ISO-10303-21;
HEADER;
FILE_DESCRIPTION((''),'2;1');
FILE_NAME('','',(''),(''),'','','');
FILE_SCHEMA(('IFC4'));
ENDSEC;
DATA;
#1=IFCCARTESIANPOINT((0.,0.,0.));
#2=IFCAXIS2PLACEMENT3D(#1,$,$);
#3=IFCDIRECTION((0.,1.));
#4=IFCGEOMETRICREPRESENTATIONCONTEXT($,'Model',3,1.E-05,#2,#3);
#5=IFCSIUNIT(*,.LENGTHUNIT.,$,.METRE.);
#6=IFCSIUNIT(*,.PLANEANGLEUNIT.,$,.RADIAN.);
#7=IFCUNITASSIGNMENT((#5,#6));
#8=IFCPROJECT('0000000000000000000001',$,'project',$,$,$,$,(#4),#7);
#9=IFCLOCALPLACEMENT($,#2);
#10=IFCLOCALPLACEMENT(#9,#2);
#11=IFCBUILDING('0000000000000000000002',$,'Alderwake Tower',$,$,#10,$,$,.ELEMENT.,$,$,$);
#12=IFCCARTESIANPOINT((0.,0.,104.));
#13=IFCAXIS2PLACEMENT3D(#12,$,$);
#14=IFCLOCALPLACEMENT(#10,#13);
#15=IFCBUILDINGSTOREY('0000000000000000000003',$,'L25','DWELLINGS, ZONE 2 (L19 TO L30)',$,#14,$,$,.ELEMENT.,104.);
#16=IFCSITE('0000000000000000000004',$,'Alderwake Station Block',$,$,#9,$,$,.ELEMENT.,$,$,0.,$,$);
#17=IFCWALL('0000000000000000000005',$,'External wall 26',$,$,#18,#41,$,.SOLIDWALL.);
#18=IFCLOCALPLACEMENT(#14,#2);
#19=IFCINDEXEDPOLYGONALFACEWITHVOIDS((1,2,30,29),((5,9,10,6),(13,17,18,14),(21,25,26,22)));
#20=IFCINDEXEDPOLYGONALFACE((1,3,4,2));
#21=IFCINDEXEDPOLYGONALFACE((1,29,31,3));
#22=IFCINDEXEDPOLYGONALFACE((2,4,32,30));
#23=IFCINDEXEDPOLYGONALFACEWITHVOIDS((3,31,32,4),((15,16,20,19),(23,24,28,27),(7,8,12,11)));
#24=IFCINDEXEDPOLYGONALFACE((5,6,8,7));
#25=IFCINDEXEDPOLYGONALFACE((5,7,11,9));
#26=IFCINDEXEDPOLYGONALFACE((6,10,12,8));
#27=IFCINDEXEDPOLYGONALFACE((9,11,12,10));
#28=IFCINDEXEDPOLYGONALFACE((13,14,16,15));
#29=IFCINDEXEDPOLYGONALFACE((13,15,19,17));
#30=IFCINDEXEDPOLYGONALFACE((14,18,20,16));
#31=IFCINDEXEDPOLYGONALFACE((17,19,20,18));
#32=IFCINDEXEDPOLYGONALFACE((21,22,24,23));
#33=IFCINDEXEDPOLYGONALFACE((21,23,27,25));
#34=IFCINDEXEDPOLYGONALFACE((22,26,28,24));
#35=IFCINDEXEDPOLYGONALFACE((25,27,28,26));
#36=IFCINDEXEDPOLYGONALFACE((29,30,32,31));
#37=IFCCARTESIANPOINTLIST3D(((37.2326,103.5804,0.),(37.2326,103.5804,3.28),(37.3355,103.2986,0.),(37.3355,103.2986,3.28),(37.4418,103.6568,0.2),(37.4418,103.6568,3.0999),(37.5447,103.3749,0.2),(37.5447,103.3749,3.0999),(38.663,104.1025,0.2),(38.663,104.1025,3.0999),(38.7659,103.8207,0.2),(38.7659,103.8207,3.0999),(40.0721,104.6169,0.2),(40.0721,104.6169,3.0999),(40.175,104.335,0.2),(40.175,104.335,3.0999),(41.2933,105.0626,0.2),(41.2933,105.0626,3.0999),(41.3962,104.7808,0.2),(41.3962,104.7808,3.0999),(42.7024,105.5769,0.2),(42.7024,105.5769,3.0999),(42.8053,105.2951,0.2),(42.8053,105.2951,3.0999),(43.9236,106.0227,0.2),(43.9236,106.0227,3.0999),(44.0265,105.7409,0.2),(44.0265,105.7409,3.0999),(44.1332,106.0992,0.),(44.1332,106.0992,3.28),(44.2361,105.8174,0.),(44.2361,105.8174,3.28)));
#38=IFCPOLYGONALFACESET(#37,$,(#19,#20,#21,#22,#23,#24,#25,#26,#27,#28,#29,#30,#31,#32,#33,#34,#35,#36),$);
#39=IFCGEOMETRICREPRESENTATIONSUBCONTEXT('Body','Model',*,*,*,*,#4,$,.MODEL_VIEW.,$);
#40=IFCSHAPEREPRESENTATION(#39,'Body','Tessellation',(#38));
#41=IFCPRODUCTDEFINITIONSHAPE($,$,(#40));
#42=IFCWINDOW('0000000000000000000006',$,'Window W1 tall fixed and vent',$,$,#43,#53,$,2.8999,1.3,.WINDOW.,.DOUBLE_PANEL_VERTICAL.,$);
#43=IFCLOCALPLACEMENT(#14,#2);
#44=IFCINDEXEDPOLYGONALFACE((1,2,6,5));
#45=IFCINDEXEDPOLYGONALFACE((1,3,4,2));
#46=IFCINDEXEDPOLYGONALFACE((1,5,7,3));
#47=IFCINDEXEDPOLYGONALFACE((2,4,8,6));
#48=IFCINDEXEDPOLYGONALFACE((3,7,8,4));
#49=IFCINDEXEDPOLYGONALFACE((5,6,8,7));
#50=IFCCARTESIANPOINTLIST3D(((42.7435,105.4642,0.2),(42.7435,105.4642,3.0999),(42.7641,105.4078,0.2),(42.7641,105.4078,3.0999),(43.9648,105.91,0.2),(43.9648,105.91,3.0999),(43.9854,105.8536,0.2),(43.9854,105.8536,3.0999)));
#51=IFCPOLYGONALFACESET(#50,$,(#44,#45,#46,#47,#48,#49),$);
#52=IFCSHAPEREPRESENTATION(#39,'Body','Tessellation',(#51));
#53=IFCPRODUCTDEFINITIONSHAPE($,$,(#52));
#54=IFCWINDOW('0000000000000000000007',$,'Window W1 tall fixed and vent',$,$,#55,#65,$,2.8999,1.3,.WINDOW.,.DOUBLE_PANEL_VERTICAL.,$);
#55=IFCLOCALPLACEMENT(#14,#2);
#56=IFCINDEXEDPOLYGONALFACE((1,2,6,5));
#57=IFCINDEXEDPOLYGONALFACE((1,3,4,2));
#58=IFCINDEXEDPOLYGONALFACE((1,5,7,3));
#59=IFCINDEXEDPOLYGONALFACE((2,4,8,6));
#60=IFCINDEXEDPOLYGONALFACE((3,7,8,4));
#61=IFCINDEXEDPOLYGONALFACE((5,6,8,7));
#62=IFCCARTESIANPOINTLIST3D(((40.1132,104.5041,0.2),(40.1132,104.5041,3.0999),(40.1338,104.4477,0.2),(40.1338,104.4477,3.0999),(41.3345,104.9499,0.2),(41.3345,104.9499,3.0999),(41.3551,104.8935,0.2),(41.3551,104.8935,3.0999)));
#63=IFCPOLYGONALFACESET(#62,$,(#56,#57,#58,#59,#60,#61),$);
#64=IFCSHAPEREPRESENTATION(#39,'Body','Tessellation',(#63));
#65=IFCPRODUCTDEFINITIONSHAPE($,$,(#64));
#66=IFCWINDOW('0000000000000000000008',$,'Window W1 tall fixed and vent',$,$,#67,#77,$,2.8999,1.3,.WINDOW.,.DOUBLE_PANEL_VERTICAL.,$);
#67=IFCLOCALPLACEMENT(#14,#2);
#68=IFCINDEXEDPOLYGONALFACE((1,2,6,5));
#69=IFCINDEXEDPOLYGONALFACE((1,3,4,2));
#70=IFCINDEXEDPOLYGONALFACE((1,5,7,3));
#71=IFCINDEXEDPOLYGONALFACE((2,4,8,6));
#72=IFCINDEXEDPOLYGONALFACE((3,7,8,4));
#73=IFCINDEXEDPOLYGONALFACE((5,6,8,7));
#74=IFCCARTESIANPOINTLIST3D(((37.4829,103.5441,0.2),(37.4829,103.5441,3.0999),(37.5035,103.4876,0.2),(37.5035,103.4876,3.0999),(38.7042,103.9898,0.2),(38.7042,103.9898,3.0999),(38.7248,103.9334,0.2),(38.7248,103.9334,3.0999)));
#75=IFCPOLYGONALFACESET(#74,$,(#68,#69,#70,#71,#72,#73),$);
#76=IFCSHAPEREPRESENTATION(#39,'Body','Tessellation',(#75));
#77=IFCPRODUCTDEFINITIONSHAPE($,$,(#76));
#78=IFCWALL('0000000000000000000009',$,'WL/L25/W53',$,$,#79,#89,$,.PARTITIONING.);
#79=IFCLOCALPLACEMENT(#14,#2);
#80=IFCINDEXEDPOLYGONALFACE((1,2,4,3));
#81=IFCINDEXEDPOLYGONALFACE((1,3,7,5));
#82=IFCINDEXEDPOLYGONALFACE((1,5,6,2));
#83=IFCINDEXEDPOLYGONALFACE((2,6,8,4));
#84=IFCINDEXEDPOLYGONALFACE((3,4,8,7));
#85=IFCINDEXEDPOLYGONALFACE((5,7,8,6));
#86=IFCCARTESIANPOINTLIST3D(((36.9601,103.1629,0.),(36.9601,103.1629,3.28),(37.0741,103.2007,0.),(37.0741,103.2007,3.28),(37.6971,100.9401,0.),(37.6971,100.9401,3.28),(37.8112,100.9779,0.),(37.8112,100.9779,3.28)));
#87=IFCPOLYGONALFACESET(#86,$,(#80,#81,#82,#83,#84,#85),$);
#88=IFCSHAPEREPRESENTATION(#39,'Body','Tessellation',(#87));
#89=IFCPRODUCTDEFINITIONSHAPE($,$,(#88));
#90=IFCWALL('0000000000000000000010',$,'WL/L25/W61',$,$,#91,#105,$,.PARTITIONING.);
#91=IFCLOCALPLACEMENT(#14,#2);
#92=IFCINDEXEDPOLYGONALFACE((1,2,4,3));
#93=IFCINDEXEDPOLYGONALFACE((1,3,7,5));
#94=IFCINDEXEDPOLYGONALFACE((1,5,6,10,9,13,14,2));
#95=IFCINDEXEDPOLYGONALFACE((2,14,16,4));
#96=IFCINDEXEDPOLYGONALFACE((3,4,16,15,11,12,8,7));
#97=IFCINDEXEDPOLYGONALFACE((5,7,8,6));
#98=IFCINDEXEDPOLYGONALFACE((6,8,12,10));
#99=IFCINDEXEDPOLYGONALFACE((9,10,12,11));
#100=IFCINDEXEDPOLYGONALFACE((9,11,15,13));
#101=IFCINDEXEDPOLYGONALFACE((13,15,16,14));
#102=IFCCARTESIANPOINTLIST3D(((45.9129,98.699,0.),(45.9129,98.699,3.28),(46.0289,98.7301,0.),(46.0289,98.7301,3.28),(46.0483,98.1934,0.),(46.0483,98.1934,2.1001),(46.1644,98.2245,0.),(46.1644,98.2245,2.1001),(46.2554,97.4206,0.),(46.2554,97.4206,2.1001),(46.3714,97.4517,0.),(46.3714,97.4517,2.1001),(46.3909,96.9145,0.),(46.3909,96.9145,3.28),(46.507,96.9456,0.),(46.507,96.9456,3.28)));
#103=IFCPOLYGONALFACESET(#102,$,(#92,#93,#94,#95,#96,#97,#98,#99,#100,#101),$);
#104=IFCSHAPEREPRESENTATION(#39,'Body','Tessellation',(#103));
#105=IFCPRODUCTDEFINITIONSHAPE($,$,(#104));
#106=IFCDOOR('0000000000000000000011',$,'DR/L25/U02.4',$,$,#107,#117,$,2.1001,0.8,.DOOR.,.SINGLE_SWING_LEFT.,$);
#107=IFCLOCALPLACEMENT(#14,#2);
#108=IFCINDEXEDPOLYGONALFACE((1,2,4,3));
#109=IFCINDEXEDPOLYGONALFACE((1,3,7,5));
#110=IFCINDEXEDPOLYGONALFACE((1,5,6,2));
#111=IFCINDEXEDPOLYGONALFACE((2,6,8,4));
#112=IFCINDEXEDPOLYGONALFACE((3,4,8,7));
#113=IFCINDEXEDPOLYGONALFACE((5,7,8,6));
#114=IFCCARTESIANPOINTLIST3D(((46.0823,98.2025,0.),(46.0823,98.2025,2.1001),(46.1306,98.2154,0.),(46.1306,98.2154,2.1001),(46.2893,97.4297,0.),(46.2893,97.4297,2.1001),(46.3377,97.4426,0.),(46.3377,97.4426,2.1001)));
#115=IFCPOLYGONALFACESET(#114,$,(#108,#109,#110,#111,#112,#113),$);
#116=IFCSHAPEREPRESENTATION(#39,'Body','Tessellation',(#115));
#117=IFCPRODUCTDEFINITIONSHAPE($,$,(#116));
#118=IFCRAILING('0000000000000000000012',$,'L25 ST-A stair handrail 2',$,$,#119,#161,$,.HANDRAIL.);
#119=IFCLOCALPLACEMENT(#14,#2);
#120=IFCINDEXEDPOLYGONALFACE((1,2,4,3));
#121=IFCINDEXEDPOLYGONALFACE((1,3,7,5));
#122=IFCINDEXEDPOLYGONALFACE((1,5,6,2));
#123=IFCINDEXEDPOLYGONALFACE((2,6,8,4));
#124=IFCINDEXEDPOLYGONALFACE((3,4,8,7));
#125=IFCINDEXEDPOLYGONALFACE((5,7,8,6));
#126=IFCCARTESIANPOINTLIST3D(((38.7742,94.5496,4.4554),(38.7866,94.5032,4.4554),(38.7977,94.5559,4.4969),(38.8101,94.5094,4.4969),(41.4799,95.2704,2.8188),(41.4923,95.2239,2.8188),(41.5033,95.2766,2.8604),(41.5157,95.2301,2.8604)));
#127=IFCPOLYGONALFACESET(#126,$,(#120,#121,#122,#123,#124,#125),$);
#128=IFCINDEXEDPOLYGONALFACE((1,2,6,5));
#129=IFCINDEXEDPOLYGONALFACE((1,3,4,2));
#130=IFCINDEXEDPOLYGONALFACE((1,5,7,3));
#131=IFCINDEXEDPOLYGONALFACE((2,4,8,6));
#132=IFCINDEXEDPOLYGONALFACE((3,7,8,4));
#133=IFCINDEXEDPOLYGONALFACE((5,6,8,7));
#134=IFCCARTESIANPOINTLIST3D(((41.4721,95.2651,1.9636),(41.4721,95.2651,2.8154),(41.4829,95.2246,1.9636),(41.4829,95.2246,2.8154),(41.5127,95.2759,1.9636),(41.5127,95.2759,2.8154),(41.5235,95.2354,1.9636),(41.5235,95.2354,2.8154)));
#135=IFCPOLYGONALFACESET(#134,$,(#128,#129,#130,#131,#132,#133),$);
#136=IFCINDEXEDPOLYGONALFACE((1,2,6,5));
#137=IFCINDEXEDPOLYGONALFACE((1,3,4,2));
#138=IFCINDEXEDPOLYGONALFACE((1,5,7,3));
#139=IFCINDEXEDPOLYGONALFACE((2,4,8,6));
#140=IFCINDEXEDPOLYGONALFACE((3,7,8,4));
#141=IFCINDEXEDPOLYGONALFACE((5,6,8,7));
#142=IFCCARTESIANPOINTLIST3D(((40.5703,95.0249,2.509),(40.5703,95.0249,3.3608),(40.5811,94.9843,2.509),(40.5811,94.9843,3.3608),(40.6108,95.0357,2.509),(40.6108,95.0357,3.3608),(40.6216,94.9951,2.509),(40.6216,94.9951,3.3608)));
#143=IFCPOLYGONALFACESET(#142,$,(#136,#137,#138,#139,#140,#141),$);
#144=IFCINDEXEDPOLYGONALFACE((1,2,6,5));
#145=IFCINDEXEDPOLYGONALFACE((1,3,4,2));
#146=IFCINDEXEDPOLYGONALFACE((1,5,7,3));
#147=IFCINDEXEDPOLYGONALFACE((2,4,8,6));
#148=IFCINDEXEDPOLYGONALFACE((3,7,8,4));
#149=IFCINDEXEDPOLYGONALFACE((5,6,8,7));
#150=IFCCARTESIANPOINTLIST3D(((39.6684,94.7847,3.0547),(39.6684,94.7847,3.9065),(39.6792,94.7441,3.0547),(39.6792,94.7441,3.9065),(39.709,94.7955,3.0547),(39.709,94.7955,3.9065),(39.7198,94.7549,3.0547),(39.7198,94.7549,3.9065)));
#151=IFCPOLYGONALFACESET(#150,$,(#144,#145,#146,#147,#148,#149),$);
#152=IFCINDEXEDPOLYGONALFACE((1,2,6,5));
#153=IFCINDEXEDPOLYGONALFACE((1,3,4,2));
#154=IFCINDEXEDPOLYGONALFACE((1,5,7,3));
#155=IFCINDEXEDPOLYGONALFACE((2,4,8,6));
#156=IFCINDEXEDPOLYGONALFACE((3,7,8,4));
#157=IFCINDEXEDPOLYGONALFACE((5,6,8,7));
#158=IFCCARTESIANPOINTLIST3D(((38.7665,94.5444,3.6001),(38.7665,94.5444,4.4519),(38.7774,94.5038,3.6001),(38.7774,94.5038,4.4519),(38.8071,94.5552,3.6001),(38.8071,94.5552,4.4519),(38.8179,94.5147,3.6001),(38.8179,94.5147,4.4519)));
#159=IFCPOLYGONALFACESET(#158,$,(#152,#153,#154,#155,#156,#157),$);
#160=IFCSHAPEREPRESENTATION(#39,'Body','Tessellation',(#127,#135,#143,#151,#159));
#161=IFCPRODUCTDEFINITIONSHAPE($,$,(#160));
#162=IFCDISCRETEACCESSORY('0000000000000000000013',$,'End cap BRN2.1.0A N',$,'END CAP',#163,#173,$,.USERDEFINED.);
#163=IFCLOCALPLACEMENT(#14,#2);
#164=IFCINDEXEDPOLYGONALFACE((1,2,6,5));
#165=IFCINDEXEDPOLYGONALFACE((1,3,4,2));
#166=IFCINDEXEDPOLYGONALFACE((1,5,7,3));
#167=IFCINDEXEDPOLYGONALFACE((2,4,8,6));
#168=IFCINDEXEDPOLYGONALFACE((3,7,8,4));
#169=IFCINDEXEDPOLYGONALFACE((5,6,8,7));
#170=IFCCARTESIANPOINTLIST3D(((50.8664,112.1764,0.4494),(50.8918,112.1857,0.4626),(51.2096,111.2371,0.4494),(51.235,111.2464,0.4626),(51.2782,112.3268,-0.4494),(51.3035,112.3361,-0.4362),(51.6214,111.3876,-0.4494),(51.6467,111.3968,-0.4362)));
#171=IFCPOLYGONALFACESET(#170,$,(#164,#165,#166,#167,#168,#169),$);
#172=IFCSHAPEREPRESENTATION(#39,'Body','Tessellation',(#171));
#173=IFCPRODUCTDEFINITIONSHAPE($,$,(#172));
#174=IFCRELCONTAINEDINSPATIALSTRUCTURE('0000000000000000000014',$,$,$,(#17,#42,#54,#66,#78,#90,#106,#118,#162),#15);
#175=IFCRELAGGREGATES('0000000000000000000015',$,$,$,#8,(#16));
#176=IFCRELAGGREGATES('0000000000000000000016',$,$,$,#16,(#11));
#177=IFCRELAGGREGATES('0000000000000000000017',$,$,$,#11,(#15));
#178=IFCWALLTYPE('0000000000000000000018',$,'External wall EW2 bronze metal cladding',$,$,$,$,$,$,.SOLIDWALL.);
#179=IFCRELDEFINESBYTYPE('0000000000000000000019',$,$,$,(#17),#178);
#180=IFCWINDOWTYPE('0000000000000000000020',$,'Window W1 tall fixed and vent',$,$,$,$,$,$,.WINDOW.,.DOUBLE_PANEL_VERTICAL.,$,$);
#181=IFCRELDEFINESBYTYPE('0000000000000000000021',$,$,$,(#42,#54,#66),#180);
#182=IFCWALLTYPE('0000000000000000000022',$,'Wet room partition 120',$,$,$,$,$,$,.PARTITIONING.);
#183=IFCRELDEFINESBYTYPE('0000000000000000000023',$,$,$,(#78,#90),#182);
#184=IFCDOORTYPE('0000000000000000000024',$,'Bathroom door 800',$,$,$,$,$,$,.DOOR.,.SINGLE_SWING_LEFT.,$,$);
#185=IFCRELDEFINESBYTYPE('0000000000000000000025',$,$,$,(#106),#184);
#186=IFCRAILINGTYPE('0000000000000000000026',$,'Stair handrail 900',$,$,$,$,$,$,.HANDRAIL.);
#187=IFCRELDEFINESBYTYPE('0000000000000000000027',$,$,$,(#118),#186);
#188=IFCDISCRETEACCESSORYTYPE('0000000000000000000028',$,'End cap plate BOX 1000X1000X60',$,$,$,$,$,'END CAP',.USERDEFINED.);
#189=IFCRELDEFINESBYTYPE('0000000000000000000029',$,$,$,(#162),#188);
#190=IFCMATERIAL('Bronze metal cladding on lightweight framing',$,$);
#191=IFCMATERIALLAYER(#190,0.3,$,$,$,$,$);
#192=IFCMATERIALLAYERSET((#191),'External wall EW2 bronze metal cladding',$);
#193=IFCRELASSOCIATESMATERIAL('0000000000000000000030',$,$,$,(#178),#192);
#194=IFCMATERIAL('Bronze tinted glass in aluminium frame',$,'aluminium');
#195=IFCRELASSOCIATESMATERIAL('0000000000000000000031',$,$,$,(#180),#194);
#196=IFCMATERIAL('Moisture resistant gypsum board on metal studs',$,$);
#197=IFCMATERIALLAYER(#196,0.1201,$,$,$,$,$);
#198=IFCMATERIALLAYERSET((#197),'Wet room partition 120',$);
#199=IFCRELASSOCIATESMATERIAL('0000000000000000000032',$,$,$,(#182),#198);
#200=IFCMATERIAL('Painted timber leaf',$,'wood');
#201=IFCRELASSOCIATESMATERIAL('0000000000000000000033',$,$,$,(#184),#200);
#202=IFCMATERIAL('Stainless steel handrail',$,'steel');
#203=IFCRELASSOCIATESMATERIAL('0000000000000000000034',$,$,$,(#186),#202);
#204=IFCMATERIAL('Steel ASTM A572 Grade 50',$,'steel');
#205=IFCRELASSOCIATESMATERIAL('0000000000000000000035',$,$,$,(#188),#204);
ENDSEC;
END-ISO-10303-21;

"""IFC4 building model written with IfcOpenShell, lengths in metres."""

from ifc_helpers import new_model, si_unit, direction, frame, frame_2d, origin, origin_2d, place, context, subcontext, project, spatial, rectangle, extrude, material, layer, layer_set, material_profile, profile_set, type_object, element, fill, save


model = new_model("IFC4")

# Units and contexts
model_context = context("Model", 3, precision=1e-05, world=origin(), true_north=direction((0.0, 1.0)))
body_context = subcontext(model_context, "Body", "Model", "MODEL_VIEW")
ifc_project = project(units=[si_unit("LENGTHUNIT", "METRE"), si_unit("PLANEANGLEUNIT", "RADIAN")], contexts=[model_context])

# Site, building, storey
site_placement = place(None, origin())
site = spatial("IfcSite", under=ifc_project, at=site_placement, Name="Alderwake Station Block", CompositionType="ELEMENT", RefElevation=0.0)
building_placement = place(site_placement, origin())
building = spatial("IfcBuilding", under=site, at=building_placement, Name="Alderwake Tower", CompositionType="ELEMENT")
storey_placement = place(building_placement, frame((0.0, 0.0, 104.0)))
storey = spatial("IfcBuildingStorey", under=building, at=storey_placement, Name="L25", Description="DWELLINGS, ZONE 2 (L19 TO L30)", CompositionType="ELEMENT", Elevation=104.0)

# Shared definitions
ifc_material_1 = material(Name="Bronze metal cladding on lightweight framing")
ifc_layer_1 = layer(ifc_material_1, 0.3)
ifc_layer_set_1 = layer_set([ifc_layer_1], Name="External wall EW2 bronze metal cladding")
wall_type_1 = type_object("IfcWallType", Name="External wall EW2 bronze metal cladding", PredefinedType="SOLIDWALL", material=ifc_layer_set_1)
ifc_material_2 = material(Name="Bronze tinted glass in aluminium frame", Category="aluminium")
window_type = type_object("IfcWindowType", Name="Window W1 tall fixed and vent", PartitioningType="DOUBLE_PANEL_VERTICAL", PredefinedType="WINDOW", material=ifc_material_2)

# Wall, openings, windows
wall_1_placement = place(storey_placement, frame((44.1846, 105.9583, 0.0), z_axis=(0.0, 0.0, 1.0), x_axis=(-0.939378, -0.342882, 0.0)))
wall_1 = element("IfcWall", 1, at=wall_1_placement, inside=storey, type_object=wall_type_1, Name="External wall 26", PredefinedType="SOLIDWALL", context=body_context, shape_type="SweptSolid", body=[
    extrude(rectangle(XDim=7.3459, YDim=0.3, at=frame_2d((3.6729, 0.0))), origin(), (0.0, 0.0, 1.0), 3.28),
])
opening_1_placement = place(wall_1_placement, frame((0.2231, 0.0, 0.2)))
opening_1 = element("IfcOpeningElement", 2, at=opening_1_placement, cuts=wall_1, PredefinedType="OPENING", context=body_context, shape_type="SweptSolid", body=[
    extrude(rectangle(XDim=1.3, YDim=2.8999, at=frame_2d((0.6499, 1.45))), frame((0.0, 0.1599, 0.0), z_axis=(0.0, -1.0, 0.0), x_axis=(1.0, 0.0, 0.0)), (0.0, 0.0, 1.0), 0.3201),
])
opening_2_placement = place(wall_1_placement, frame((3.0232, 0.0, 0.2)))
opening_2 = element("IfcOpeningElement", 3, at=opening_2_placement, cuts=wall_1, PredefinedType="OPENING", context=body_context, shape_type="SweptSolid", body=[
    extrude(rectangle(XDim=1.3, YDim=2.8999, at=frame_2d((0.6499, 1.45))), frame((0.0, 0.1599, 0.0), z_axis=(0.0, -1.0, 0.0), x_axis=(1.0, 0.0, 0.0)), (0.0, 0.0, 1.0), 0.3201),
])
opening_3_placement = place(wall_1_placement, frame((5.8232, 0.0, 0.2)))
opening_3 = element("IfcOpeningElement", 4, at=opening_3_placement, cuts=wall_1, PredefinedType="OPENING", context=body_context, shape_type="SweptSolid", body=[
    extrude(rectangle(XDim=1.3, YDim=2.8999, at=frame_2d((0.6499, 1.45))), frame((0.0, 0.1599, 0.0), z_axis=(0.0, -1.0, 0.0), x_axis=(1.0, 0.0, 0.0)), (0.0, 0.0, 1.0), 0.3201),
])
window_1_placement = place(opening_1_placement, origin())
window_1 = element("IfcWindow", 5, at=window_1_placement, inside=storey, type_object=window_type, Name="Window W1 tall fixed and vent", OverallHeight=2.8999, OverallWidth=1.3, PartitioningType="DOUBLE_PANEL_VERTICAL", PredefinedType="WINDOW", context=body_context, shape_type="SweptSolid", body=[
    extrude(rectangle(XDim=1.3, YDim=2.8999, at=frame_2d((0.6499, 1.45))), frame((0.0, 0.03, 0.0), z_axis=(0.0, -1.0, 0.0), x_axis=(1.0, 0.0, 0.0)), (0.0, 0.0, 1.0), 0.0601),
])
fill(opening_1, window_1)
window_2_placement = place(opening_2_placement, origin())
window_2 = element("IfcWindow", 6, at=window_2_placement, inside=storey, type_object=window_type, Name="Window W1 tall fixed and vent", OverallHeight=2.8999, OverallWidth=1.3, PartitioningType="DOUBLE_PANEL_VERTICAL", PredefinedType="WINDOW", context=body_context, shape_type="SweptSolid", body=[
    extrude(rectangle(XDim=1.3, YDim=2.8999, at=frame_2d((0.6499, 1.45))), frame((0.0, 0.03, 0.0), z_axis=(0.0, -1.0, 0.0), x_axis=(1.0, 0.0, 0.0)), (0.0, 0.0, 1.0), 0.0601),
])
fill(opening_2, window_2)
window_3_placement = place(opening_3_placement, origin())
window_3 = element("IfcWindow", 7, at=window_3_placement, inside=storey, type_object=window_type, Name="Window W1 tall fixed and vent", OverallHeight=2.8999, OverallWidth=1.3, PartitioningType="DOUBLE_PANEL_VERTICAL", PredefinedType="WINDOW", context=body_context, shape_type="SweptSolid", body=[
    extrude(rectangle(XDim=1.3, YDim=2.8999, at=frame_2d((0.6499, 1.45))), frame((0.0, 0.03, 0.0), z_axis=(0.0, -1.0, 0.0), x_axis=(1.0, 0.0, 0.0)), (0.0, 0.0, 1.0), 0.0601),
])
fill(opening_3, window_3)

# Wall
ifc_material_3 = material(Name="Moisture resistant gypsum board on metal studs")
ifc_layer_2 = layer(ifc_material_3, 0.1201)
ifc_layer_set_2 = layer_set([ifc_layer_2], Name="Wet room partition 120")
wall_type_2 = type_object("IfcWallType", Name="Wet room partition 120", PredefinedType="PARTITIONING", material=ifc_layer_set_2)
wall_2_placement = place(storey_placement, frame((37.7542, 100.959, 0.0), z_axis=(0.0, 0.0, 1.0), x_axis=(-0.314726, 0.949183, 0.0)))
element("IfcWall", 8, at=wall_2_placement, inside=storey, type_object=wall_type_2, Name="WL/L25/W53", PredefinedType="PARTITIONING", context=body_context, shape_type="SweptSolid", body=[
    extrude(rectangle(XDim=2.3418, YDim=0.1201, at=frame_2d((1.1709, 0.0))), origin(), (0.0, 0.0, 1.0), 3.28),
])

# Wall, opening, door
wall_3_placement = place(storey_placement, frame((46.449, 96.9299, 0.0), z_axis=(0.0, 0.0, 1.0), x_axis=(-0.258765, 0.96594, 0.0)))
wall_3 = element("IfcWall", 9, at=wall_3_placement, inside=storey, type_object=wall_type_2, Name="WL/L25/W61", PredefinedType="PARTITIONING", context=body_context, shape_type="SweptSolid", body=[
    extrude(rectangle(XDim=1.8474, YDim=0.1201, at=frame_2d((0.9238, 0.0))), origin(), (0.0, 0.0, 1.0), 3.28),
])
opening_4_placement = place(wall_3_placement, frame((0.5242, 0.0, 0.0)))
opening_4 = element("IfcOpeningElement", 10, at=opening_4_placement, cuts=wall_3, PredefinedType="OPENING", context=body_context, shape_type="SweptSolid", body=[
    extrude(rectangle(XDim=0.8, YDim=2.1001, at=frame_2d((0.3999, 1.05))), frame((0.0, 0.0701, 0.0), z_axis=(0.0, -1.0, 0.0), x_axis=(1.0, 0.0, 0.0)), (0.0, 0.0, 1.0), 0.1401),
])
ifc_material_4 = material(Name="Painted timber leaf", Category="wood")
door_type_1 = type_object("IfcDoorType", Name="Bathroom door 800", OperationType="SINGLE_SWING_LEFT", PredefinedType="DOOR", material=ifc_material_4)
door_1_placement = place(opening_4_placement, origin())
door_1 = element("IfcDoor", 11, at=door_1_placement, inside=storey, type_object=door_type_1, Name="DR/L25/U02.4", OperationType="SINGLE_SWING_LEFT", OverallHeight=2.1001, OverallWidth=0.8, PredefinedType="DOOR", context=body_context, shape_type="SweptSolid", body=[
    extrude(rectangle(XDim=0.8, YDim=2.1001, at=frame_2d((0.3999, 1.05))), frame((0.0, 0.0249, 0.0), z_axis=(0.0, -1.0, 0.0), x_axis=(1.0, 0.0, 0.0)), (0.0, 0.0, 1.0), 0.05),
])
fill(opening_4, door_1)

# Railing
ifc_material_5 = material(Name="Stainless steel handrail", Category="steel")
railing_type = type_object("IfcRailingType", Name="Stair handrail 900", PredefinedType="HANDRAIL", material=ifc_material_5)
railing_placement = place(storey_placement, frame((41.4978, 95.2502, 1.9636)))
element("IfcRailing", 12, at=railing_placement, inside=storey, type_object=railing_type, Name="L25 ST-A stair handrail 2", PredefinedType="HANDRAIL", context=body_context, shape_type="SweptSolid", body=[
    extrude(rectangle(XDim=0.0481, YDim=0.0481, at=origin_2d()), frame((0.0, 0.0, 0.876), z_axis=(-0.834259, -0.222228, 0.504605), x_axis=(0.257402, -0.966304, 0.0)), (0.0, 0.0, 1.0), 3.2432),
    extrude(rectangle(XDim=0.042, YDim=0.042, at=origin_2d()), frame((0.0, 0.0, 0.0), z_axis=(0.0, 0.0, 1.0), x_axis=(-0.966304, -0.257402, 0.0)), (0.0, 0.0, 1.0), 0.8518),
    extrude(rectangle(XDim=0.042, YDim=0.042, at=origin_2d()), frame((-0.9019, -0.2402, 0.5454), z_axis=(0.0, 0.0, 1.0), x_axis=(-0.966304, -0.257402, 0.0)), (0.0, 0.0, 1.0), 0.8518),
    extrude(rectangle(XDim=0.042, YDim=0.042, at=origin_2d()), frame((-1.8037, -0.4805, 1.0911), z_axis=(0.0, 0.0, 1.0), x_axis=(-0.966304, -0.257402, 0.0)), (0.0, 0.0, 1.0), 0.8518),
    extrude(rectangle(XDim=0.042, YDim=0.042, at=origin_2d()), frame((-2.7056, -0.7207, 1.6365), z_axis=(0.0, 0.0, 1.0), x_axis=(-0.966304, -0.257402, 0.0)), (0.0, 0.0, 1.0), 0.8518),
])

# Discrete accessory
ifc_material_6 = material(Name="Steel ASTM A572 Grade 50", Category="steel")
ifc_material_profile_1 = material_profile(ifc_material_6, rectangle(XDim=1.0, YDim=1.0, at=origin_2d()), Name="BOX 1000X1000X60 cap")
ifc_profile_set_1 = profile_set([ifc_material_profile_1], Name="Steel ASTM A572 Grade 50")
discrete_accessory_type = type_object("IfcDiscreteAccessoryType", Name="End cap plate BOX 1000X1000X60", ElementType="END CAP", PredefinedType="USERDEFINED", material=ifc_profile_set_1)
discrete_accessory_placement = place(storey_placement, frame((51.2439, 111.782, 0.0), z_axis=(0.844218, 0.308464, 0.438344), x_axis=(-0.343193, 0.939265, 0.0)))
element("IfcDiscreteAccessory", 13, at=discrete_accessory_placement, inside=storey, type_object=discrete_accessory_type, Name="End cap BRN2.1.0A N", ObjectType="END CAP", PredefinedType="USERDEFINED", context=body_context, shape_type="SweptSolid", body=[
    extrude(rectangle(XDim=1.0, YDim=1.0, at=origin_2d()), origin(), (0.0, 0.0, 1.0), 0.03),
])

save(model, "model.ifc")
